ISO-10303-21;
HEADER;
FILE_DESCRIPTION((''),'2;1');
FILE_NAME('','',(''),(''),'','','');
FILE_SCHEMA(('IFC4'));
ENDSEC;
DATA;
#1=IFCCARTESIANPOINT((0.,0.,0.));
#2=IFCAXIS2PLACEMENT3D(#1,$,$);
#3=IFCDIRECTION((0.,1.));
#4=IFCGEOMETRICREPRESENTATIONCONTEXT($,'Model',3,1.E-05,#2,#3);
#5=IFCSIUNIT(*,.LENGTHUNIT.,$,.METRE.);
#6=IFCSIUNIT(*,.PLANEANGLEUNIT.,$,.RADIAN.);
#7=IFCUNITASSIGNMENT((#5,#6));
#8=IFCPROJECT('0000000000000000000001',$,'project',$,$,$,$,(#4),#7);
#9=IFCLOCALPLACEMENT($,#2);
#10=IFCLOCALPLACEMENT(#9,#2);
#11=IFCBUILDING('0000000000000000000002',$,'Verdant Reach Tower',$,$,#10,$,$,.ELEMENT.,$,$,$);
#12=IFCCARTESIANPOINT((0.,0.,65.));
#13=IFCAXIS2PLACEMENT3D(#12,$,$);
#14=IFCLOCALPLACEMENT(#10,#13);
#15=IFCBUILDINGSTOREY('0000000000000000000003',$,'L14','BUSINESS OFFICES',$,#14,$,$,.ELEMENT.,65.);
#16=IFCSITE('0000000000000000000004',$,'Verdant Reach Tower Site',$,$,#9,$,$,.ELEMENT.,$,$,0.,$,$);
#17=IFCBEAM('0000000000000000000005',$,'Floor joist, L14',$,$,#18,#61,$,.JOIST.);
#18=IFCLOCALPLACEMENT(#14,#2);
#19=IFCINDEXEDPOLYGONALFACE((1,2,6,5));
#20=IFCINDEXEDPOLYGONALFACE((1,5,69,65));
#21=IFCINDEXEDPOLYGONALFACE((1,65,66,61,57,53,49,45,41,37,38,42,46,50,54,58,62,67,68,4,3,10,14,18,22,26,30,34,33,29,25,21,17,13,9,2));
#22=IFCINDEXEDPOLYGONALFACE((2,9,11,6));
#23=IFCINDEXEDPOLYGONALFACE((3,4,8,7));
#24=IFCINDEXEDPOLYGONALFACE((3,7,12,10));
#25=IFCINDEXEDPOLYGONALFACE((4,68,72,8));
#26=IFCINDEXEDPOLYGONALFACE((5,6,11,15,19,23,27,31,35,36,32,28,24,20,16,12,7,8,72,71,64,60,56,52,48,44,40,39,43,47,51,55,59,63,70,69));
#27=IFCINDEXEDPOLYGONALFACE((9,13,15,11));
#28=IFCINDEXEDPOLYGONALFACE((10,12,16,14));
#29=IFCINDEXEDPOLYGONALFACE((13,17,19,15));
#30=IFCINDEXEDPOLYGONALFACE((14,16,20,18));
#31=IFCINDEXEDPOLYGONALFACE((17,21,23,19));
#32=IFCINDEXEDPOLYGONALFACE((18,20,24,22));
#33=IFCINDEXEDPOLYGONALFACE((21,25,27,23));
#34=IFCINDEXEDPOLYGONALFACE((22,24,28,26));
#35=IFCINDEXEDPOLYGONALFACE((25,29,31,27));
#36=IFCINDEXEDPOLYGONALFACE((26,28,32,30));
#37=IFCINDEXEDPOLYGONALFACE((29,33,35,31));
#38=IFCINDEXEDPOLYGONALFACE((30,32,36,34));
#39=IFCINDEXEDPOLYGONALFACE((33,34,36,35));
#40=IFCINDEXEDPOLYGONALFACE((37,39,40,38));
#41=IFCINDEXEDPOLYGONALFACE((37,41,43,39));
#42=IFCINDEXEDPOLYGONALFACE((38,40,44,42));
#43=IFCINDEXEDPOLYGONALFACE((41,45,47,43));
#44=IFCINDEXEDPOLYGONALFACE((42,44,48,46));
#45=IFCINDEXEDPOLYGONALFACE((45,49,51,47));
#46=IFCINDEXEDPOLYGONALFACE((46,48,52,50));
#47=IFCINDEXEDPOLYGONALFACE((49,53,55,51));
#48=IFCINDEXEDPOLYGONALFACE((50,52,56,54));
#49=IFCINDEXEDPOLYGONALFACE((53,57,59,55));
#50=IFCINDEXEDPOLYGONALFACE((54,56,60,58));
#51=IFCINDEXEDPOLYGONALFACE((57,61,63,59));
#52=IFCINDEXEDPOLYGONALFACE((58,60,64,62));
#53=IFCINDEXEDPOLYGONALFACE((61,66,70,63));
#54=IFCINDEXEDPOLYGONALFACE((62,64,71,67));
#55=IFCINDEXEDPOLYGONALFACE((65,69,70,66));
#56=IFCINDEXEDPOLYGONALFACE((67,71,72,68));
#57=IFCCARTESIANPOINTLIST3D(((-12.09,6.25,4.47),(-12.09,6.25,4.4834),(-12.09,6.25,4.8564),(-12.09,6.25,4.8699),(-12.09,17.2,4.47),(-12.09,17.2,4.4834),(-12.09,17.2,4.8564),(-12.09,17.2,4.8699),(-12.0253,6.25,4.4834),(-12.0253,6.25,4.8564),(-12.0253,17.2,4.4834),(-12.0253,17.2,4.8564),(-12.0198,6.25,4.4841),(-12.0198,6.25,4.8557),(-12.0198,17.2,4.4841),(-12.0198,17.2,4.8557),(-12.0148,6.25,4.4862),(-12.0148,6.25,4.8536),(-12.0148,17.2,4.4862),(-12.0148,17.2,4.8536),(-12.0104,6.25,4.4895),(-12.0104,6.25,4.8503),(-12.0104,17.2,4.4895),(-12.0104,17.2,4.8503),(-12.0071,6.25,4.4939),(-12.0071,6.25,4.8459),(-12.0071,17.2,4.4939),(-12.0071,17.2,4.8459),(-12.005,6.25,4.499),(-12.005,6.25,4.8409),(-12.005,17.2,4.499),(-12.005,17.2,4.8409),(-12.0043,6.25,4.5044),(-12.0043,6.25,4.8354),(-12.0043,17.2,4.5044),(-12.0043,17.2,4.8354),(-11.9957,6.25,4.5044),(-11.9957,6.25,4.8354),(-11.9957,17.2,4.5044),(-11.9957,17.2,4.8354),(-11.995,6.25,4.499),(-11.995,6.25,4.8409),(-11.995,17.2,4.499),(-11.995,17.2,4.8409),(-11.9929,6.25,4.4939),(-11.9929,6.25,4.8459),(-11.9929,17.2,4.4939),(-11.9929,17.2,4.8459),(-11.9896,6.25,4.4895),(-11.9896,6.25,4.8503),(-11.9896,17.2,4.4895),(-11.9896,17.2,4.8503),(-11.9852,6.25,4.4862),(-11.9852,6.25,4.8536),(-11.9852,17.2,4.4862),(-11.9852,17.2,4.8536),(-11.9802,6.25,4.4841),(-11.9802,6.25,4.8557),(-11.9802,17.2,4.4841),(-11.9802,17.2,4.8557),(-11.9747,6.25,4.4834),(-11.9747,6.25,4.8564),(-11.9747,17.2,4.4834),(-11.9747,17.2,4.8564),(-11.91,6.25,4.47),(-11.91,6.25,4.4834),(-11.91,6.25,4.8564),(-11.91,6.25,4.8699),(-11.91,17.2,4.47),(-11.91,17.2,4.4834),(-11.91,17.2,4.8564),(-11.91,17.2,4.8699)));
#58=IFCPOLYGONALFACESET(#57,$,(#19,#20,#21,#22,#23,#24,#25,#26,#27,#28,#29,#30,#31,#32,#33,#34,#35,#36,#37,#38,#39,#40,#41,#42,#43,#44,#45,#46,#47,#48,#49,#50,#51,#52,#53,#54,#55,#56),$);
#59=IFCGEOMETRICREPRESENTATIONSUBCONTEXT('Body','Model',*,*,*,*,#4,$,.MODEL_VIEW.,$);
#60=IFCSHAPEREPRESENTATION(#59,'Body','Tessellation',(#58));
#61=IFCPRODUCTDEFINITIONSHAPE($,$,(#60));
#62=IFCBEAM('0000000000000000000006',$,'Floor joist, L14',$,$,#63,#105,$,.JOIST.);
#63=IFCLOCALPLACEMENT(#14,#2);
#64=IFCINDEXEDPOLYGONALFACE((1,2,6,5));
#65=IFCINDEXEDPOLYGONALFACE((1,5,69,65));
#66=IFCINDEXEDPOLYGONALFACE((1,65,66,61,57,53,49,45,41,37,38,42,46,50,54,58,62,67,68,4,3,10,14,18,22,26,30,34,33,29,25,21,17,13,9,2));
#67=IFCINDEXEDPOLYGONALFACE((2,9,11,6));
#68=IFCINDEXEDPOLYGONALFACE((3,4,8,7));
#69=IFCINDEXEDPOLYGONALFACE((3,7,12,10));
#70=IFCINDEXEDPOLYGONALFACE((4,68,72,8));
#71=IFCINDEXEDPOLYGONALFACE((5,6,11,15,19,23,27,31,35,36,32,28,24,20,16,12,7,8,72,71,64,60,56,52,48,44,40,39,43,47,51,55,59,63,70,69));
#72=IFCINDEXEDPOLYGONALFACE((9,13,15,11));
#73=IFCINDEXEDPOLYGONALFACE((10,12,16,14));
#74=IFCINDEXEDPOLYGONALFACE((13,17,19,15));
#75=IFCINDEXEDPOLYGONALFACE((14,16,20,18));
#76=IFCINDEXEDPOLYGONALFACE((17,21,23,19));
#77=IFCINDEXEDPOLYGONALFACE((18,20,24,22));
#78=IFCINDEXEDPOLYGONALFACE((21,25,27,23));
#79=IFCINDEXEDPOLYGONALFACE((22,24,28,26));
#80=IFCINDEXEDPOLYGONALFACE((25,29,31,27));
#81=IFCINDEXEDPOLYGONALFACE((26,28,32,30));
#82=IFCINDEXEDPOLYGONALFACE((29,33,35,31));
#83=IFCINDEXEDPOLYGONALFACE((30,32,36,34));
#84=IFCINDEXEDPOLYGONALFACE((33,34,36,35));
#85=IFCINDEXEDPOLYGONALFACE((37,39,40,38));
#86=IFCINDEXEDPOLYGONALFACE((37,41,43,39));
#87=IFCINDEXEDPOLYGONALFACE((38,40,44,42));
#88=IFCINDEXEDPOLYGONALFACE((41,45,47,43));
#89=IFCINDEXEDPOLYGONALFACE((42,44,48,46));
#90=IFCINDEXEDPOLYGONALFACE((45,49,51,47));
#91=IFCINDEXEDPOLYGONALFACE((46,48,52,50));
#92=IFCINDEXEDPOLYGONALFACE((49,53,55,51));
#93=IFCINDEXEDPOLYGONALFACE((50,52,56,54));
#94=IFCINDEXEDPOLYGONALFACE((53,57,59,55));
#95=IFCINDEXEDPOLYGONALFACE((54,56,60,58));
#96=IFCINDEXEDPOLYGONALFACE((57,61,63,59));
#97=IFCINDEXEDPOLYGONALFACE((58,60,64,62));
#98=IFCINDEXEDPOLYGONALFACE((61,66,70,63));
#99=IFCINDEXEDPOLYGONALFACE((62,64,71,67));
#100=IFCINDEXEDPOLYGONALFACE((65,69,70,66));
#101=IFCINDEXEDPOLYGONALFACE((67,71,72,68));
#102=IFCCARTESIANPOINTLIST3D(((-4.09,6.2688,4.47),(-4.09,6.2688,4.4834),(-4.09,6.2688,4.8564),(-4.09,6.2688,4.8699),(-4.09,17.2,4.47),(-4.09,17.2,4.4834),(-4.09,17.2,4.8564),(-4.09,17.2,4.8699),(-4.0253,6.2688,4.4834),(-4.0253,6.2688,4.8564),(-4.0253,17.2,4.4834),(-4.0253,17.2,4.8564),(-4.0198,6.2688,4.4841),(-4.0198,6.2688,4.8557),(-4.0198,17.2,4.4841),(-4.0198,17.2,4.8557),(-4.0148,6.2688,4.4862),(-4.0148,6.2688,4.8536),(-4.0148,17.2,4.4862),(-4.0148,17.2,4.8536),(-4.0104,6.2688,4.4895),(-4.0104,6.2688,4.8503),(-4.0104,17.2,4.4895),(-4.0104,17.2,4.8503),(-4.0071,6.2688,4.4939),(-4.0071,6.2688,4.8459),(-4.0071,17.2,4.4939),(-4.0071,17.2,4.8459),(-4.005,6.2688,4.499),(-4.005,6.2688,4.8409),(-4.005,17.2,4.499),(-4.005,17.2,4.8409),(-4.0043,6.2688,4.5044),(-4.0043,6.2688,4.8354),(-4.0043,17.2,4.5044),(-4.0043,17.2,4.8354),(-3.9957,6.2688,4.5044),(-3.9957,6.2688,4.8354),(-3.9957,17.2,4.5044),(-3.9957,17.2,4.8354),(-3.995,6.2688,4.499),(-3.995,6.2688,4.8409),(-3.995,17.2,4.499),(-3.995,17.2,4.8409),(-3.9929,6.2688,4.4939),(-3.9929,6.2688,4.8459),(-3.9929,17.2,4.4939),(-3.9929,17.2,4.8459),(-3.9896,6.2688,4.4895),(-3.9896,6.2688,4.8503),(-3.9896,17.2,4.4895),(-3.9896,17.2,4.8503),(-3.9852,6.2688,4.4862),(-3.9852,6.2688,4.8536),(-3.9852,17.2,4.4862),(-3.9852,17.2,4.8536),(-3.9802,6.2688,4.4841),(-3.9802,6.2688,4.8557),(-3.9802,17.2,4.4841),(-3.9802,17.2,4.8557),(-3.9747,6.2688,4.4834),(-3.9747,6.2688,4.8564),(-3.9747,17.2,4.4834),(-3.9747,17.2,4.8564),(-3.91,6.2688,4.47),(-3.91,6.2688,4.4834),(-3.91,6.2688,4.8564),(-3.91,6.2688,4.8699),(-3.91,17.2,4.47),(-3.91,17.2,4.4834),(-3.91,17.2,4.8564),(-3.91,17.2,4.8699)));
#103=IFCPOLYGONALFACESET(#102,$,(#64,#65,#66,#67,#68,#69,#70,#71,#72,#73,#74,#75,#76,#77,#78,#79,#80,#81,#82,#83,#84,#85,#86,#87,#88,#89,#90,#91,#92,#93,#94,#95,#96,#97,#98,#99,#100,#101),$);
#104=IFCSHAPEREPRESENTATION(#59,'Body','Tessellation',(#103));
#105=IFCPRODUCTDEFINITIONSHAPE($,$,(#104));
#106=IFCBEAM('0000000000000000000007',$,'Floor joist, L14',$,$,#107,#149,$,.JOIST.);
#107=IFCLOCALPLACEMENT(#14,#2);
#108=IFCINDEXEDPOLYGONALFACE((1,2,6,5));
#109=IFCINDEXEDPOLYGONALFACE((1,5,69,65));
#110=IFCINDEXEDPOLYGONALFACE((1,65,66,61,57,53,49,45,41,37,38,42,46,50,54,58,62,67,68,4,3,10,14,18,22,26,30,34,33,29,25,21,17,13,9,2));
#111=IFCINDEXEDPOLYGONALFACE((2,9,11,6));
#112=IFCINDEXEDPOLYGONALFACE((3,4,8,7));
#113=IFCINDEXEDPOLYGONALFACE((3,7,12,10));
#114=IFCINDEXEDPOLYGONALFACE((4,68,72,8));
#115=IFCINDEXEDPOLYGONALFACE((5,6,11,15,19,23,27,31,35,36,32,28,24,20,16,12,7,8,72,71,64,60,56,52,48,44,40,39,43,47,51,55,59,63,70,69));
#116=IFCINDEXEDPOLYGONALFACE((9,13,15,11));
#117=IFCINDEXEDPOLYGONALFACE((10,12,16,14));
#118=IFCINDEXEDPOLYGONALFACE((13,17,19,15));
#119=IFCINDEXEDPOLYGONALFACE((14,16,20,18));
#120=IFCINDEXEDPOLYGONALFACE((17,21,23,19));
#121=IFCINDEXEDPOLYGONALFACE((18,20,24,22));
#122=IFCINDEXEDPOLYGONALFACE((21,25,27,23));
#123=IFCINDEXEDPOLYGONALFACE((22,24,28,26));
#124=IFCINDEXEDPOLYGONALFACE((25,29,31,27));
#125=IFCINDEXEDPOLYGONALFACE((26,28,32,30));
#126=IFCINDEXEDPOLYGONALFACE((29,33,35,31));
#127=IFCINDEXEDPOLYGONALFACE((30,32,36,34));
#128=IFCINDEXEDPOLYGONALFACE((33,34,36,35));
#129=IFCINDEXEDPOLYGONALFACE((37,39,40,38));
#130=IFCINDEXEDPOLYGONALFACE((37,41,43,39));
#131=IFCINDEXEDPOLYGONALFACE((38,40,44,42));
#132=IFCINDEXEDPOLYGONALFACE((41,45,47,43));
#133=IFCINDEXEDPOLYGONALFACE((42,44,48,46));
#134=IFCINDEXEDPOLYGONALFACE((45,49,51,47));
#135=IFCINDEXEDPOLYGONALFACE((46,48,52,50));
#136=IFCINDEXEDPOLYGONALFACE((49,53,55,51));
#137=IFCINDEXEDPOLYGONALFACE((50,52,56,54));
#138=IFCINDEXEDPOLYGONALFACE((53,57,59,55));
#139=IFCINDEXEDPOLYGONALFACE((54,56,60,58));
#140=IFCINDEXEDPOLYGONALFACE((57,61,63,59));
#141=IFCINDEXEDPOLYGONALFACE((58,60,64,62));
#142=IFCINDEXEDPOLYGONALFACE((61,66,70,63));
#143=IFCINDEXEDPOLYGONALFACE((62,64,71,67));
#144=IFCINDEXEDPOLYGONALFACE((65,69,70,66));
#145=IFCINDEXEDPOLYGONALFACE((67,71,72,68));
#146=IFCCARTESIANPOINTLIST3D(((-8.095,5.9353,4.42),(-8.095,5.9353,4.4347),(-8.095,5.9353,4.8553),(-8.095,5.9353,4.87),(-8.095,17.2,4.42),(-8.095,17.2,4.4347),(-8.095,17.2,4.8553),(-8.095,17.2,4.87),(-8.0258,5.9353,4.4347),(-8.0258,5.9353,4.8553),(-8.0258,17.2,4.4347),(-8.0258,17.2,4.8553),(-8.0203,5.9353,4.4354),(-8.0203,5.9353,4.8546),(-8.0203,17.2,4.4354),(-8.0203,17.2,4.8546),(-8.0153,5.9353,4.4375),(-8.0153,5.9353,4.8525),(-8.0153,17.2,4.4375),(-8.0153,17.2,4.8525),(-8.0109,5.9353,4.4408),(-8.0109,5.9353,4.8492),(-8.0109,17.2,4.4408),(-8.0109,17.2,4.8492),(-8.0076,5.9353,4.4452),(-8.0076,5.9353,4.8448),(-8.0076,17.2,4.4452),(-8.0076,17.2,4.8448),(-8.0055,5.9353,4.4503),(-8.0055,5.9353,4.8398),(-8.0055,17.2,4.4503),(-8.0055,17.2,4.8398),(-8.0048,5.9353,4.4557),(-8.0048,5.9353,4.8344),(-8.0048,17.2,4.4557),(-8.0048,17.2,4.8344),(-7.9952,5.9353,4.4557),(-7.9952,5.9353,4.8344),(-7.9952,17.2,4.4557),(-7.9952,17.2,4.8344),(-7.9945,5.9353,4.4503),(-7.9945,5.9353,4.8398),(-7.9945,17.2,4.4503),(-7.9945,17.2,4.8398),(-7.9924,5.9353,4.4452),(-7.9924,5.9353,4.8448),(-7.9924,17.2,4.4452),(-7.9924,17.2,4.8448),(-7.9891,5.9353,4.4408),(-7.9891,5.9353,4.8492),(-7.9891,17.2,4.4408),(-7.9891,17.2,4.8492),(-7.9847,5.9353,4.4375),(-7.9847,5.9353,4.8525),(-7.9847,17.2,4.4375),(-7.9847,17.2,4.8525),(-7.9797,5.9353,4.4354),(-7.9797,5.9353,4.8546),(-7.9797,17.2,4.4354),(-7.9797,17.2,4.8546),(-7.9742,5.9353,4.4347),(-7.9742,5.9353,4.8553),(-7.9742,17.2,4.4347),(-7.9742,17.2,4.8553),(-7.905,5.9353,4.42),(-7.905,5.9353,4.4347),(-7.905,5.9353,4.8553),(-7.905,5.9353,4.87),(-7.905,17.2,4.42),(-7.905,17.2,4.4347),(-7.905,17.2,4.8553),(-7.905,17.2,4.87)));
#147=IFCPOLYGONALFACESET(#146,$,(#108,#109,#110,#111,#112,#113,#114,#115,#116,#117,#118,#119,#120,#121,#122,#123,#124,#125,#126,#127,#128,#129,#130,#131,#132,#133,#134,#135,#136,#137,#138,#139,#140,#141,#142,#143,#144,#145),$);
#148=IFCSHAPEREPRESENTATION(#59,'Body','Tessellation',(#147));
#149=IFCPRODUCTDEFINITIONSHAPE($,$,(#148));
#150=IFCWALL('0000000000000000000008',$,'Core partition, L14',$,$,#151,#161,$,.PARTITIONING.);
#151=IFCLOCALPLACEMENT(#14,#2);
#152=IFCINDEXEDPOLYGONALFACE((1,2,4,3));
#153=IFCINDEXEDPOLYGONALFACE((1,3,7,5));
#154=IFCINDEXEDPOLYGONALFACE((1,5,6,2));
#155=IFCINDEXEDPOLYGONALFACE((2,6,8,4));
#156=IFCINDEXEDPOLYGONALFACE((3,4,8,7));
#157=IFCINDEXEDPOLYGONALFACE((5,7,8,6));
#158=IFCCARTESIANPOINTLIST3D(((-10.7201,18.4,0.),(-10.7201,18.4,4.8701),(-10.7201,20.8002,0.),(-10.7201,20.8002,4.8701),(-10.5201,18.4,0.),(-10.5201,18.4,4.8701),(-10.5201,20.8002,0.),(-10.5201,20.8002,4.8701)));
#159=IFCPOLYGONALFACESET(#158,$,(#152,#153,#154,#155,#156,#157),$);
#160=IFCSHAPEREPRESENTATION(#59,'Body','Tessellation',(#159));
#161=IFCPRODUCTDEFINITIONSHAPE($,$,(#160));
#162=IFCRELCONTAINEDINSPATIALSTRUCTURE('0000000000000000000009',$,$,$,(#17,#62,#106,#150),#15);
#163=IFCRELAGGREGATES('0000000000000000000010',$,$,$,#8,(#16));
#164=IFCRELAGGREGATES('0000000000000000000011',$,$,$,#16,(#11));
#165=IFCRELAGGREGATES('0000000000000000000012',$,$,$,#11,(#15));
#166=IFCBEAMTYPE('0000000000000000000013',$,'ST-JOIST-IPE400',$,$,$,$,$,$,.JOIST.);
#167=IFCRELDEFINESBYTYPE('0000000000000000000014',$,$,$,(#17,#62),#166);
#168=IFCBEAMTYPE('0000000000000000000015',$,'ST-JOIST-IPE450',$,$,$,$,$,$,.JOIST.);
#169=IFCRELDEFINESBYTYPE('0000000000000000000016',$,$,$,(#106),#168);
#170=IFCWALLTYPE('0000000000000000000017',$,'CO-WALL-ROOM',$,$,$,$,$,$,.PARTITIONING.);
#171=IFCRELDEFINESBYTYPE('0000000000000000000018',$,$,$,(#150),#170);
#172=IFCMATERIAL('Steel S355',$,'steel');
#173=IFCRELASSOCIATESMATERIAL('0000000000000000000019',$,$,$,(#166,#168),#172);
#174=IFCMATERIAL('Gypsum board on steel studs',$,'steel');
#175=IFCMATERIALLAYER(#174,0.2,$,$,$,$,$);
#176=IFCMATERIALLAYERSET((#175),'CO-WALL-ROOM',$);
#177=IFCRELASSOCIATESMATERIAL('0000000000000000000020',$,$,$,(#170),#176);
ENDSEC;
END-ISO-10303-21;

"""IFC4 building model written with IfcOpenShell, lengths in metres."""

from ifc_helpers import new_model, si_unit, direction, frame, frame_2d, origin, origin_2d, place, context, subcontext, project, spatial, rectangle, i_section, extrude, material, layer, layer_set, material_profile, profile_set, type_object, element, save


model = new_model("IFC4")

# Units and contexts
model_context = context("Model", 3, precision=1e-05, world=origin(), true_north=direction((0.0, 1.0)))
body_context = subcontext(model_context, "Body", "Model", "MODEL_VIEW")
ifc_project = project(units=[si_unit("LENGTHUNIT", "METRE"), si_unit("PLANEANGLEUNIT", "RADIAN")], contexts=[model_context])

# Site, building, storey
site_placement = place(None, origin())
site = spatial("IfcSite", under=ifc_project, at=site_placement, Name="Verdant Reach Tower Site", CompositionType="ELEMENT", RefElevation=0.0)
building_placement = place(site_placement, origin())
building = spatial("IfcBuilding", under=site, at=building_placement, Name="Verdant Reach Tower", CompositionType="ELEMENT")
storey_placement = place(building_placement, frame((0.0, 0.0, 65.0)))
storey = spatial("IfcBuildingStorey", under=building, at=storey_placement, Name="L14", Description="BUSINESS OFFICES", CompositionType="ELEMENT", Elevation=65.0)

# Beams
ifc_material_1 = material(Name="Steel S355", Category="steel")
ifc_material_profile_1 = material_profile(ifc_material_1, i_section(OverallWidth=0.1799, OverallDepth=0.3999, WebThickness=0.0085, FlangeThickness=0.0134, FilletRadius=0.021, at=origin_2d()), Name="IPE 400")
ifc_profile_set_1 = profile_set([ifc_material_profile_1], Name="Steel S355")
beam_type_1 = type_object("IfcBeamType", Name="ST-JOIST-IPE400", PredefinedType="JOIST", material=ifc_profile_set_1)
beam_1_placement = place(storey_placement, frame((-12.0, 17.2, 4.6699), z_axis=(0.0, -1.0, 0.0), x_axis=(1.0, 0.0, 0.0)))
element("IfcBeam", 1, at=beam_1_placement, inside=storey, type_object=beam_type_1, Name="Floor joist, L14", PredefinedType="JOIST", context=body_context, shape_type="SweptSolid", body=[
    extrude(i_section(OverallWidth=0.1799, OverallDepth=0.3999, WebThickness=0.0085, FlangeThickness=0.0134, FilletRadius=0.021, at=origin_2d()), origin(), (0.0, 0.0, 1.0), 10.95),
])
beam_2_placement = place(storey_placement, frame((-4.0, 17.2, 4.6699), z_axis=(0.0, -1.0, 0.0), x_axis=(1.0, 0.0, 0.0)))
element("IfcBeam", 2, at=beam_2_placement, inside=storey, type_object=beam_type_1, Name="Floor joist, L14", PredefinedType="JOIST", context=body_context, shape_type="SweptSolid", body=[
    extrude(i_section(OverallWidth=0.1799, OverallDepth=0.3999, WebThickness=0.0085, FlangeThickness=0.0134, FilletRadius=0.021, at=origin_2d()), origin(), (0.0, 0.0, 1.0), 10.9312),
])
ifc_material_profile_2 = material_profile(ifc_material_1, i_section(OverallWidth=0.1899, OverallDepth=0.45, WebThickness=0.0095, FlangeThickness=0.0146, FilletRadius=0.021, at=origin_2d()), Name="IPE 450")
ifc_profile_set_2 = profile_set([ifc_material_profile_2], Name="Steel S355")
beam_type_2 = type_object("IfcBeamType", Name="ST-JOIST-IPE450", PredefinedType="JOIST", material=ifc_profile_set_2)
beam_3_placement = place(storey_placement, frame((-8.0, 17.2, 4.645), z_axis=(0.0, -1.0, 0.0), x_axis=(1.0, 0.0, 0.0)))
element("IfcBeam", 3, at=beam_3_placement, inside=storey, type_object=beam_type_2, Name="Floor joist, L14", PredefinedType="JOIST", context=body_context, shape_type="SweptSolid", body=[
    extrude(i_section(OverallWidth=0.1899, OverallDepth=0.45, WebThickness=0.0095, FlangeThickness=0.0146, FilletRadius=0.021, at=origin_2d()), origin(), (0.0, 0.0, 1.0), 11.2646),
])

# Wall
ifc_material_2 = material(Name="Gypsum board on steel studs", Category="steel")
ifc_layer_1 = layer(ifc_material_2, 0.2)
ifc_layer_set_1 = layer_set([ifc_layer_1], Name="CO-WALL-ROOM")
wall_type_1 = type_object("IfcWallType", Name="CO-WALL-ROOM", PredefinedType="PARTITIONING", material=ifc_layer_set_1)
wall_1_placement = place(storey_placement, frame((-10.6201, 18.3999, 0.0), z_axis=(0.0, 0.0, 1.0), x_axis=(0.0, 1.0, 0.0)))
element("IfcWall", 4, at=wall_1_placement, inside=storey, type_object=wall_type_1, Name="Core partition, L14", PredefinedType="PARTITIONING", context=body_context, shape_type="SweptSolid", body=[
    extrude(rectangle(XDim=2.4001, YDim=0.2, at=frame_2d((1.2002, 0.0))), origin(), (0.0, 0.0, 1.0), 4.8701),
])

save(model, "model.ifc")
